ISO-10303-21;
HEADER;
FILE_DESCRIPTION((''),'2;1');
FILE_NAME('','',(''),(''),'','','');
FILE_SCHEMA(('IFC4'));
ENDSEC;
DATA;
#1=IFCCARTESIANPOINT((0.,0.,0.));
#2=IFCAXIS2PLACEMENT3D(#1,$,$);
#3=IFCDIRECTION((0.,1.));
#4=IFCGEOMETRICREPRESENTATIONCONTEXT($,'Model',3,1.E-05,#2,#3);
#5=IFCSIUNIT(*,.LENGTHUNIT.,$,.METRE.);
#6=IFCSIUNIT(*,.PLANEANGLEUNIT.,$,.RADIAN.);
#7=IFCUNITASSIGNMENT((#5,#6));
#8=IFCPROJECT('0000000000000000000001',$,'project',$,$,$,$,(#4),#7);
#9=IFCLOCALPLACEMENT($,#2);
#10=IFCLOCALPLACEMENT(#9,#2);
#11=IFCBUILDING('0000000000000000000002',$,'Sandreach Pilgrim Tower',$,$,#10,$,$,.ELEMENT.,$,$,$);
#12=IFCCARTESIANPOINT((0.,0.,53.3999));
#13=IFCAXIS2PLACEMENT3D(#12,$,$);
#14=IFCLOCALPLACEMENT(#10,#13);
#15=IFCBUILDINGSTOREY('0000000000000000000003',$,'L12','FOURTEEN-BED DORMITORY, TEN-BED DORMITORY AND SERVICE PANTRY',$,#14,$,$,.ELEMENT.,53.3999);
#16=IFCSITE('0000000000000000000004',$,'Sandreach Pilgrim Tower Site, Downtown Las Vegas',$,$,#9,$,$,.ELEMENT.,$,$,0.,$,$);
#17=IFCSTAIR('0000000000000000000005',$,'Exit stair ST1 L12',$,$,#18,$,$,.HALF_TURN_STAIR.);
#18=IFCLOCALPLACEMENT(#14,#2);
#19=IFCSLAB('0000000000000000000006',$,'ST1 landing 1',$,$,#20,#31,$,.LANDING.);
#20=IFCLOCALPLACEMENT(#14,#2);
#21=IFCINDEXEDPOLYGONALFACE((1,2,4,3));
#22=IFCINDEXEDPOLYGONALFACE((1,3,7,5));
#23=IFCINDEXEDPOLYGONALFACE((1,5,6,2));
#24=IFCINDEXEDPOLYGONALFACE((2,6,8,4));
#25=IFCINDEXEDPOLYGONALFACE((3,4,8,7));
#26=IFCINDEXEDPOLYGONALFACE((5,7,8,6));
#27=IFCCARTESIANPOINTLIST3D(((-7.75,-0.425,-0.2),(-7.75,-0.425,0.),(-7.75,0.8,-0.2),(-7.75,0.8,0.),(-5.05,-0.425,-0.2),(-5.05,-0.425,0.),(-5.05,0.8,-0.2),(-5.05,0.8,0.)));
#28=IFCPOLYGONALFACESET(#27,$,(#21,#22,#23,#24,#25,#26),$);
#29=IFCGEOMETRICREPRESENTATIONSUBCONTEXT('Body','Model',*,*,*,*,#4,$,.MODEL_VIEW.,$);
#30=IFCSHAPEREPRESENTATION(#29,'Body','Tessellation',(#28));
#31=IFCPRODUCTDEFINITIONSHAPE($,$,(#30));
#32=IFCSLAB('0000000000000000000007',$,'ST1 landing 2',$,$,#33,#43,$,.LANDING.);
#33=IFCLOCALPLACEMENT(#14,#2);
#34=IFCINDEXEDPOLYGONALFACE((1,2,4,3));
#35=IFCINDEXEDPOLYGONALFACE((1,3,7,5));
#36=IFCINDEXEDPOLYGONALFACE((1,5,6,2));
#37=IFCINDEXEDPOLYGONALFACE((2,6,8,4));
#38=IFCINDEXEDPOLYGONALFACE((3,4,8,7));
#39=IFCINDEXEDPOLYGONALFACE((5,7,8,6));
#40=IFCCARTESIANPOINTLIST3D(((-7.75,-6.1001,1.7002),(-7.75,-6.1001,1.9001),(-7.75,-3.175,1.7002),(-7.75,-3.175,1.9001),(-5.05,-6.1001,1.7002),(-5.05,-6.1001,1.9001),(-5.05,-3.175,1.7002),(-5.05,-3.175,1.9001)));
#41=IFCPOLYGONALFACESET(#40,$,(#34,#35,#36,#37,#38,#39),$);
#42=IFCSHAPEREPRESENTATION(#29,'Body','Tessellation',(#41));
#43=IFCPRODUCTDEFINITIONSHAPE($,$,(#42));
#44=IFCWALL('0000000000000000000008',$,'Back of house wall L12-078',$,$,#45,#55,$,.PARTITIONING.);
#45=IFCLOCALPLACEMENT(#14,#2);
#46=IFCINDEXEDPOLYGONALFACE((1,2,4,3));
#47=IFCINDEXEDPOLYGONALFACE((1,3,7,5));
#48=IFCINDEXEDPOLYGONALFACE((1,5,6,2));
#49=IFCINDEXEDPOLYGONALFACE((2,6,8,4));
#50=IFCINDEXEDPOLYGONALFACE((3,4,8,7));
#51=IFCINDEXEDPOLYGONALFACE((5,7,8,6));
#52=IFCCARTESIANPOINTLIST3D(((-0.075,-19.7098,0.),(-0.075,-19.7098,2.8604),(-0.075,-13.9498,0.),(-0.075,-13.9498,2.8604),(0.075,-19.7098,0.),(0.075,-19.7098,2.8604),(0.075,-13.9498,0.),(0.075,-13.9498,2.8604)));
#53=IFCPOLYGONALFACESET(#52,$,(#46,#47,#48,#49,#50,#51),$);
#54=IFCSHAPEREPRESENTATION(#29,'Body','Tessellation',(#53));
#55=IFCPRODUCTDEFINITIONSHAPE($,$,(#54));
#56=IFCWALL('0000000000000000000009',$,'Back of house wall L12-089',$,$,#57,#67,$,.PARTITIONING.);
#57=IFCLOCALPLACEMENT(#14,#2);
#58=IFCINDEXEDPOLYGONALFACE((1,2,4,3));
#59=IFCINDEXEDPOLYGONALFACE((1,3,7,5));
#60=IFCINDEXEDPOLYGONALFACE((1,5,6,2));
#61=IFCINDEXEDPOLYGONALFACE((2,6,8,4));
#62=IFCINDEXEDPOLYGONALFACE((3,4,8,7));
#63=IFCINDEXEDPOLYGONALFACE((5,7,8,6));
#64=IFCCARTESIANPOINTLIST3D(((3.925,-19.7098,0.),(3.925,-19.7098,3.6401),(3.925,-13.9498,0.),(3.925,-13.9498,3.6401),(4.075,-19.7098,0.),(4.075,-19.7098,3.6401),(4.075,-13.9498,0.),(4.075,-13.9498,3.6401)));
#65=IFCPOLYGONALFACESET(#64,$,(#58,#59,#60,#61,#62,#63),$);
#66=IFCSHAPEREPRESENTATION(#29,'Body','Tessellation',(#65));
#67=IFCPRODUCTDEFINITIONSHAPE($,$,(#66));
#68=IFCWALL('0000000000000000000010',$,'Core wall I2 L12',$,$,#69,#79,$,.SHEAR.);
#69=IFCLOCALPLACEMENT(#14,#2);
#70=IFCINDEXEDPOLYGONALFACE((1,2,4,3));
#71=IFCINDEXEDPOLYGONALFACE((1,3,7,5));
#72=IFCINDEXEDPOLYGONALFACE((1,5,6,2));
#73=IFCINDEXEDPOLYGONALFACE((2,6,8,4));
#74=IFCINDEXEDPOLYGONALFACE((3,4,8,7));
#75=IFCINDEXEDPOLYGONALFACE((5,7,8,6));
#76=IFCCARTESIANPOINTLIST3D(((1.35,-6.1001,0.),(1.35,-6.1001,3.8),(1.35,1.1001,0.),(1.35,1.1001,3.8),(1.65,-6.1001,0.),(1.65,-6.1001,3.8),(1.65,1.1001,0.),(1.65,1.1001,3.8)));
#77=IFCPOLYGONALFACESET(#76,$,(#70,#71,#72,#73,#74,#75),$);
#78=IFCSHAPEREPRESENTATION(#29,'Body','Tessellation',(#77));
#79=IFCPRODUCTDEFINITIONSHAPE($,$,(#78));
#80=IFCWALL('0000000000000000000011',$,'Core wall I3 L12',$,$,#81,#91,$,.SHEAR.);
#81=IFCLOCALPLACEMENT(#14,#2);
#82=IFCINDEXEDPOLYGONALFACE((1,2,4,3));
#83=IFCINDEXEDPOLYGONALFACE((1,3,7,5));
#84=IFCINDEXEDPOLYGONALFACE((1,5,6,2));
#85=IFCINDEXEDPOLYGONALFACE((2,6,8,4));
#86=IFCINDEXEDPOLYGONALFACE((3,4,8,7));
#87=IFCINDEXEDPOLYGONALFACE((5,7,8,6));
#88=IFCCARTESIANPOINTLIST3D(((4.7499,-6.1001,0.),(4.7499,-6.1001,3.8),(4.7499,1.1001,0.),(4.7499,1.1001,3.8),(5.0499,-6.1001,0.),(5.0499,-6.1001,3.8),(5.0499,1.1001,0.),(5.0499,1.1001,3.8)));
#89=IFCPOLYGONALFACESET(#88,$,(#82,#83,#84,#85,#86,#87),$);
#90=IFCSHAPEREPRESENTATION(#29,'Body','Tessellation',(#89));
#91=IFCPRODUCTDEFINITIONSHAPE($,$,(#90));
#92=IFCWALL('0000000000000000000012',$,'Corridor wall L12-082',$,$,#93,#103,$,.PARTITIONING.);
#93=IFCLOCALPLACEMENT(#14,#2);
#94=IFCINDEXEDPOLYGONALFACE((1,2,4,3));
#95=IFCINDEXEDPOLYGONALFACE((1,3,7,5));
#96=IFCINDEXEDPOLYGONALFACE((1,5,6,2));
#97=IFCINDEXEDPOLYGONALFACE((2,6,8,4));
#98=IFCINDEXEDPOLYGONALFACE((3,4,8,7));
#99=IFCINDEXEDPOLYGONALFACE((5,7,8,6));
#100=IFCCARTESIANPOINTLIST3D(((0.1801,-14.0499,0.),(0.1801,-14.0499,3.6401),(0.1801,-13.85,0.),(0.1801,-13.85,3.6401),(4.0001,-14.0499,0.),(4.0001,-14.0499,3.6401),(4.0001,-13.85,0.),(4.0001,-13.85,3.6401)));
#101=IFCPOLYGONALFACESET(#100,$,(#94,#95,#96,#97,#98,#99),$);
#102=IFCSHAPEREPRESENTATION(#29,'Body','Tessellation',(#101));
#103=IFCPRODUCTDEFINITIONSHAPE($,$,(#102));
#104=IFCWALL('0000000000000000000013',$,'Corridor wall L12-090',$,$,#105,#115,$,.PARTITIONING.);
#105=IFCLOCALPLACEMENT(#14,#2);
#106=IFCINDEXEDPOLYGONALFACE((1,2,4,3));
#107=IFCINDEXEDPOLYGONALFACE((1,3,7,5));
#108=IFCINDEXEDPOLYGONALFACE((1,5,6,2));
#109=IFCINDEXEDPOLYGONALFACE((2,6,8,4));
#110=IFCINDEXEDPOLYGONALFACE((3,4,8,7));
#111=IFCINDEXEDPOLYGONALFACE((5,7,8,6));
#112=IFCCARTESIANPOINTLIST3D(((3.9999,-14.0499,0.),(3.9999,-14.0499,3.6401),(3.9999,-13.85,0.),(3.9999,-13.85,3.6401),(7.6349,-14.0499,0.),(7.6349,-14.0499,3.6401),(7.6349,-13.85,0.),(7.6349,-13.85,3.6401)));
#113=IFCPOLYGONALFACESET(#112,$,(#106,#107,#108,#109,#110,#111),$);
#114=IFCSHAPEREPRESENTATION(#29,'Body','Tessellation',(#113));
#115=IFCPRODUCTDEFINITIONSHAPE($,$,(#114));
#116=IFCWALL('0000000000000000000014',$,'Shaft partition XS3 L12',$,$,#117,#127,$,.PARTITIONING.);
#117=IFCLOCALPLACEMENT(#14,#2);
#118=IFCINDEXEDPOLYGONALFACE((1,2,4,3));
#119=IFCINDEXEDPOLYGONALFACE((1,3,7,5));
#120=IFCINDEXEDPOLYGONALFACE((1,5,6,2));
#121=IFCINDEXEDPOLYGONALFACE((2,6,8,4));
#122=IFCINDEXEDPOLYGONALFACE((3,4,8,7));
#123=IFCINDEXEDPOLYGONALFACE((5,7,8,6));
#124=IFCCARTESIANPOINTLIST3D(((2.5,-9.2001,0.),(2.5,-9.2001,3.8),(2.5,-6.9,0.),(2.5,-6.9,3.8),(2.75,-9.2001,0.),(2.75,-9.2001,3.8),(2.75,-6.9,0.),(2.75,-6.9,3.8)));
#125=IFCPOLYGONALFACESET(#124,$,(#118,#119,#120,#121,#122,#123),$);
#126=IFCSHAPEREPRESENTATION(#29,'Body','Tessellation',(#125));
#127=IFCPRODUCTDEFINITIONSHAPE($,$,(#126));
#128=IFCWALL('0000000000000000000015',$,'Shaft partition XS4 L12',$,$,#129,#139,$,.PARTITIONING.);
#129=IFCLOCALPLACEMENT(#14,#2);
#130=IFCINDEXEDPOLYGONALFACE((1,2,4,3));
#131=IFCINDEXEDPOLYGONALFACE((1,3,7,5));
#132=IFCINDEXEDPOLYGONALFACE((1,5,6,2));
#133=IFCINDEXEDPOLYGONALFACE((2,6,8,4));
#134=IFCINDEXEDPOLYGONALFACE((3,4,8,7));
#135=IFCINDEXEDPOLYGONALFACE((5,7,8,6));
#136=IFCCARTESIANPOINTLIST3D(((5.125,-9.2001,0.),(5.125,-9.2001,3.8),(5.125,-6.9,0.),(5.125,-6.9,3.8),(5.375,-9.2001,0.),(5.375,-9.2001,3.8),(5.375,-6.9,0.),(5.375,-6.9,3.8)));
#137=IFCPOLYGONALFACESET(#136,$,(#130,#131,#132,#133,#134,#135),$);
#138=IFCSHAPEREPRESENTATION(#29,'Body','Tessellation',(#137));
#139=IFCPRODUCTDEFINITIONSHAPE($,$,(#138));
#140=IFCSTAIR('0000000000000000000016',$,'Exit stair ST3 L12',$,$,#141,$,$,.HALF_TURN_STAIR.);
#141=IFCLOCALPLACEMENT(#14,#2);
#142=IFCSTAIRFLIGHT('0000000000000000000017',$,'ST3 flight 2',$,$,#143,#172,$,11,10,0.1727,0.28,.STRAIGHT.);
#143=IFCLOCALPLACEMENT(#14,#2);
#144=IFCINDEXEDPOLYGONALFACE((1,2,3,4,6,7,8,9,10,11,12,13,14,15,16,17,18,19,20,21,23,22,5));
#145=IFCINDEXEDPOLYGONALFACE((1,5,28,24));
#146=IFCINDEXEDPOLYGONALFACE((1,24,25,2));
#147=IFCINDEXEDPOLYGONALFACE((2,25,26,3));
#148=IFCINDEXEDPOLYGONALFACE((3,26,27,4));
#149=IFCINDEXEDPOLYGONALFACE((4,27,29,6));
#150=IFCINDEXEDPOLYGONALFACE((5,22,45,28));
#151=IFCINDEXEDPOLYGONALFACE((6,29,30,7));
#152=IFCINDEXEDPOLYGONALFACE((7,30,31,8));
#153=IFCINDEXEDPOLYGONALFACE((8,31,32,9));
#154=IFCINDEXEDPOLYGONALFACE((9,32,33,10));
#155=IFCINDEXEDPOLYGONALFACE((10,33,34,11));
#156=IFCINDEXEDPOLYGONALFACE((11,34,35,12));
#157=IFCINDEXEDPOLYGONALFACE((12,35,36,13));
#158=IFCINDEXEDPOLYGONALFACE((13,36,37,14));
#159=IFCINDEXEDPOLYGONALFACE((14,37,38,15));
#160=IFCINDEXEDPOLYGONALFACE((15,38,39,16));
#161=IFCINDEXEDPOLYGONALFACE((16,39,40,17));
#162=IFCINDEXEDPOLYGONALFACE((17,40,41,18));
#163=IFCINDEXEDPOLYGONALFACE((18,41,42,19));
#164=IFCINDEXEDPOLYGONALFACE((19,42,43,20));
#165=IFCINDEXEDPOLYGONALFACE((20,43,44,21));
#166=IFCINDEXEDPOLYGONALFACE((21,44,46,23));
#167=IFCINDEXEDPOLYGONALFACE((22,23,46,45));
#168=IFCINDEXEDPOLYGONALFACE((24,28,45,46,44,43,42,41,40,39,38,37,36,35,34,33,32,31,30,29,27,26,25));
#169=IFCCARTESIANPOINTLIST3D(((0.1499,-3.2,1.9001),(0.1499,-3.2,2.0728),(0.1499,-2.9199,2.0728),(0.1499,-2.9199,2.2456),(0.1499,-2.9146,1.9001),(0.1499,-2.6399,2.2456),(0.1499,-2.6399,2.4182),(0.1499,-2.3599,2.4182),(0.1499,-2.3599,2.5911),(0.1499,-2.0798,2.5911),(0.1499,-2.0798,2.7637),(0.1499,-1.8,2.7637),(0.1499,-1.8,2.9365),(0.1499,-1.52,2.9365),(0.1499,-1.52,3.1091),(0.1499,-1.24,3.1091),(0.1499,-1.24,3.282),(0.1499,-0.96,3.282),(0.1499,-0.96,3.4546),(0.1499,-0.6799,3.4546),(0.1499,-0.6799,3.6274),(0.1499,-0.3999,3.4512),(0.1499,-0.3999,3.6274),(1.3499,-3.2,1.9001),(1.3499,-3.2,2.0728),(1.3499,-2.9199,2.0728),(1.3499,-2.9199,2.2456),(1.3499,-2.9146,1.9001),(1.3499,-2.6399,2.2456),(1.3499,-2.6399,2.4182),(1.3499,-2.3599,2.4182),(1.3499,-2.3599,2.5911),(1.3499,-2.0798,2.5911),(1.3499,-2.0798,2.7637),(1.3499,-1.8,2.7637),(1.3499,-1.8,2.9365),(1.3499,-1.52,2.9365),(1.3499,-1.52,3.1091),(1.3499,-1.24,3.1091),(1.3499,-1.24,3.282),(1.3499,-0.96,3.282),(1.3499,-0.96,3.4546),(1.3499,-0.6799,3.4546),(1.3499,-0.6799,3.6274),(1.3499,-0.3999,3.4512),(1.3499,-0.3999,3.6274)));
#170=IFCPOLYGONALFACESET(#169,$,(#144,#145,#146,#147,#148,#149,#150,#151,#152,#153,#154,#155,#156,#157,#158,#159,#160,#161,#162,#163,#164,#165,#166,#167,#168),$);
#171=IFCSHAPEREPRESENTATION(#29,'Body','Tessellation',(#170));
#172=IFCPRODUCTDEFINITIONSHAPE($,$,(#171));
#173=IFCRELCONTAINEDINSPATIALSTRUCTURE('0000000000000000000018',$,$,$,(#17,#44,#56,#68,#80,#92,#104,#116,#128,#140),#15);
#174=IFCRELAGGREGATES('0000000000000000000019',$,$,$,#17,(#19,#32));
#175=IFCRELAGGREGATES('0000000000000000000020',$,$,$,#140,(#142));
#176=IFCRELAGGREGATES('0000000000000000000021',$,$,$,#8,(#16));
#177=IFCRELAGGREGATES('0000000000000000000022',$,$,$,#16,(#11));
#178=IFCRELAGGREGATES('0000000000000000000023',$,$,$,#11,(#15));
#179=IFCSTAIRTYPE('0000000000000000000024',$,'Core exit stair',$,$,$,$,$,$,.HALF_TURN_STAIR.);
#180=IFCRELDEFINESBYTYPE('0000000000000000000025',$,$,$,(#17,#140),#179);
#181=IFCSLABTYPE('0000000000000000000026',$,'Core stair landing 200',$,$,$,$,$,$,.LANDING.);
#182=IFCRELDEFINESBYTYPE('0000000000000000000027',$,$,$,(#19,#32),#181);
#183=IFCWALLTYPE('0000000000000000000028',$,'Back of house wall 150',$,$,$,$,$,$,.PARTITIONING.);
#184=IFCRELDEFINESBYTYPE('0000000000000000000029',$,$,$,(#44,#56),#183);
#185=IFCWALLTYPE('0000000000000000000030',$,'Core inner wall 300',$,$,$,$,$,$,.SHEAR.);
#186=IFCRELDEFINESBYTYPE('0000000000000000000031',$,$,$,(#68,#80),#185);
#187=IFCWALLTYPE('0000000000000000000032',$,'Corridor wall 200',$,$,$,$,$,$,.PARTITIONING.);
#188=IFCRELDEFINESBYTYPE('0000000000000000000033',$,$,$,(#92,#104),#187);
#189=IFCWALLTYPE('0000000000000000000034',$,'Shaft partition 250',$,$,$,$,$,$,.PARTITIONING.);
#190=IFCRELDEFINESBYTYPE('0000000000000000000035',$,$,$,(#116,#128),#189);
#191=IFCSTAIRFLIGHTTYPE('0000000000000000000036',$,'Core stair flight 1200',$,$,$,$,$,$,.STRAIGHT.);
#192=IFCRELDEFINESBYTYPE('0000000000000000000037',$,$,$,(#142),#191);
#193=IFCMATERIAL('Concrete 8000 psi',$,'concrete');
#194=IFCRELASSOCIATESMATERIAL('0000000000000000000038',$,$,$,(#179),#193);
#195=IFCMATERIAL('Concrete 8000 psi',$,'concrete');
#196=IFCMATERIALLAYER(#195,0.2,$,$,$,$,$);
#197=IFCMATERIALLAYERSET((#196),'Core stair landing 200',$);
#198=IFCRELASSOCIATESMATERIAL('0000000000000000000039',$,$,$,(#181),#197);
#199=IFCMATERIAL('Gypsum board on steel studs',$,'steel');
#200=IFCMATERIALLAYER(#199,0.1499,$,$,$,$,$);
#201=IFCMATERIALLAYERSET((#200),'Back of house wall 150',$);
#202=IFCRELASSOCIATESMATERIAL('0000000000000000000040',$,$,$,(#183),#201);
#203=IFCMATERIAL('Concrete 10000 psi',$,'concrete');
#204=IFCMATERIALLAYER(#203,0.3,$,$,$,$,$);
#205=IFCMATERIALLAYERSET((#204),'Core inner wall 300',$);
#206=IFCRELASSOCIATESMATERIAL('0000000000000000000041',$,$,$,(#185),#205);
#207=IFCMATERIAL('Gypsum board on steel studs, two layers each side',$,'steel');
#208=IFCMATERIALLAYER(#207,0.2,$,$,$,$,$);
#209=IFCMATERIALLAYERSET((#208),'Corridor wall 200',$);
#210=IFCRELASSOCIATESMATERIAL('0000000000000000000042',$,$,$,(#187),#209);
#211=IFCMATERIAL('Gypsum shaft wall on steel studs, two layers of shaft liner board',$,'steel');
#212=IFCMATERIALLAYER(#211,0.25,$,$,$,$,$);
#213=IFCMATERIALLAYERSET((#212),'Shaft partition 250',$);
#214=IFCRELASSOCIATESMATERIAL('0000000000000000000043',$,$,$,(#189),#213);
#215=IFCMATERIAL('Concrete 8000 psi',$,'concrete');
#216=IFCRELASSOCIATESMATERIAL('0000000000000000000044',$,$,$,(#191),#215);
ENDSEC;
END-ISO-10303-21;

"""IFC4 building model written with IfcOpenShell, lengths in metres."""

from ifc_helpers import new_model, si_unit, direction, frame, frame_2d, origin, place, context, subcontext, project, spatial, polyline, rectangle, outline, extrude, material, layer, layer_set, type_object, element, aggregate, save


model = new_model("IFC4")

# Units and contexts
model_context = context("Model", 3, precision=1e-05, world=origin(), true_north=direction((0.0, 1.0)))
body_context = subcontext(model_context, "Body", "Model", "MODEL_VIEW")
ifc_project = project(units=[si_unit("LENGTHUNIT", "METRE"), si_unit("PLANEANGLEUNIT", "RADIAN")], contexts=[model_context])

# Site, building, storey
site_placement = place(None, origin())
site = spatial("IfcSite", under=ifc_project, at=site_placement, Name="Sandreach Pilgrim Tower Site, Downtown Las Vegas", CompositionType="ELEMENT", RefElevation=0.0)
building_placement = place(site_placement, origin())
building = spatial("IfcBuilding", under=site, at=building_placement, Name="Sandreach Pilgrim Tower", CompositionType="ELEMENT")
storey_placement = place(building_placement, frame((0.0, 0.0, 53.3999)))
storey = spatial("IfcBuildingStorey", under=building, at=storey_placement, Name="L12", Description="FOURTEEN-BED DORMITORY, TEN-BED DORMITORY AND SERVICE PANTRY", CompositionType="ELEMENT", Elevation=53.3999)

# Stair, slabs
ifc_material_1 = material(Name="Concrete 8000 psi", Category="concrete")
stair_type = type_object("IfcStairType", Name="Core exit stair", PredefinedType="HALF_TURN_STAIR", material=ifc_material_1)
stair_1_placement = place(storey_placement, origin())
stair_1 = element("IfcStair", 1, at=stair_1_placement, inside=storey, type_object=stair_type, Name="Exit stair ST1 L12", PredefinedType="HALF_TURN_STAIR")
ifc_material_2 = material(Name="Concrete 8000 psi", Category="concrete")
ifc_layer_1 = layer(ifc_material_2, 0.2)
ifc_layer_set_1 = layer_set([ifc_layer_1], Name="Core stair landing 200")
slab_type = type_object("IfcSlabType", Name="Core stair landing 200", PredefinedType="LANDING", material=ifc_layer_set_1)
slab_1_placement = place(storey_placement, frame((0.0, 0.0, -0.2)))
slab_1 = element("IfcSlab", 2, at=slab_1_placement, type_object=slab_type, Name="ST1 landing 1", PredefinedType="LANDING", context=body_context, shape_type="SweptSolid", body=[
    extrude(outline(polyline([(-7.75, -0.425), (-5.05, -0.425), (-5.05, 0.8), (-7.75, 0.8), (-7.75, -0.425)])), origin(), (0.0, 0.0, 1.0), 0.2),
])
slab_2_placement = place(storey_placement, frame((0.0, 0.0, 1.7002)))
slab_2 = element("IfcSlab", 3, at=slab_2_placement, type_object=slab_type, Name="ST1 landing 2", PredefinedType="LANDING", context=body_context, shape_type="SweptSolid", body=[
    extrude(outline(polyline([(-7.75, -6.1001), (-5.05, -6.1001), (-5.05, -3.175), (-7.75, -3.175), (-7.75, -6.1001)])), origin(), (0.0, 0.0, 1.0), 0.2),
])
aggregate(stair_1, [slab_1, slab_2])

# Walls
ifc_material_3 = material(Name="Gypsum board on steel studs", Category="steel")
ifc_layer_2 = layer(ifc_material_3, 0.1499)
ifc_layer_set_2 = layer_set([ifc_layer_2], Name="Back of house wall 150")
wall_type_1 = type_object("IfcWallType", Name="Back of house wall 150", PredefinedType="PARTITIONING", material=ifc_layer_set_2)
wall_1_placement = place(storey_placement, frame((0.0, -13.95, 0.0), z_axis=(0.0, 0.0, 1.0), x_axis=(0.0, -1.0, 0.0)))
element("IfcWall", 4, at=wall_1_placement, inside=storey, type_object=wall_type_1, Name="Back of house wall L12-078", PredefinedType="PARTITIONING", context=body_context, shape_type="SweptSolid", body=[
    extrude(rectangle(XDim=5.76, YDim=0.1499, at=frame_2d((2.8799, 0.0))), origin(), (0.0, 0.0, 1.0), 2.8604),
])
wall_2_placement = place(storey_placement, frame((4.0, -13.95, 0.0), z_axis=(0.0, 0.0, 1.0), x_axis=(0.0, -1.0, 0.0)))
element("IfcWall", 5, at=wall_2_placement, inside=storey, type_object=wall_type_1, Name="Back of house wall L12-089", PredefinedType="PARTITIONING", context=body_context, shape_type="SweptSolid", body=[
    extrude(rectangle(XDim=5.76, YDim=0.1499, at=frame_2d((2.8799, 0.0))), origin(), (0.0, 0.0, 1.0), 3.6401),
])
ifc_material_4 = material(Name="Concrete 10000 psi", Category="concrete")
ifc_layer_3 = layer(ifc_material_4, 0.3)
ifc_layer_set_3 = layer_set([ifc_layer_3], Name="Core inner wall 300")
wall_type_2 = type_object("IfcWallType", Name="Core inner wall 300", PredefinedType="SHEAR", material=ifc_layer_set_3)
for number, where, z_axis, x_axis, name in (
    (6, (1.5, -6.1001, 0.0), (0.0, 0.0, 1.0), (0.0, 1.0, 0.0), "Core wall I2 L12"),
    (7, (4.8999, -6.1001, 0.0), (0.0, 0.0, 1.0), (0.0, 1.0, 0.0), "Core wall I3 L12"),
):
    element("IfcWall", number, at=place(storey_placement, frame(where, z_axis=z_axis, x_axis=x_axis)), inside=storey, type_object=wall_type_2, Name=name, PredefinedType="SHEAR", context=body_context, shape_type="SweptSolid", body=[
        extrude(rectangle(XDim=7.2002, YDim=0.3, at=frame_2d((3.6001, 0.0))), origin(), (0.0, 0.0, 1.0), 3.8),
    ])

# Wall
ifc_material_5 = material(Name="Gypsum board on steel studs, two layers each side", Category="steel")
ifc_layer_4 = layer(ifc_material_5, 0.2)
ifc_layer_set_4 = layer_set([ifc_layer_4], Name="Corridor wall 200")
wall_type_3 = type_object("IfcWallType", Name="Corridor wall 200", PredefinedType="PARTITIONING", material=ifc_layer_set_4)
wall_3_placement = place(storey_placement, frame((0.1799, -13.95, 0.0), z_axis=(0.0, 0.0, 1.0), x_axis=(1.0, 0.0, 0.0)))
element("IfcWall", 8, at=wall_3_placement, inside=storey, type_object=wall_type_3, Name="Corridor wall L12-082", PredefinedType="PARTITIONING", context=body_context, shape_type="SweptSolid", body=[
    extrude(rectangle(XDim=3.8201, YDim=0.2, at=frame_2d((1.9102, 0.0))), origin(), (0.0, 0.0, 1.0), 3.6401),
])

# Walls
wall_4_placement = place(storey_placement, frame((4.0, -13.95, 0.0), z_axis=(0.0, 0.0, 1.0), x_axis=(1.0, 0.0, 0.0)))
element("IfcWall", 9, at=wall_4_placement, inside=storey, type_object=wall_type_3, Name="Corridor wall L12-090", PredefinedType="PARTITIONING", context=body_context, shape_type="SweptSolid", body=[
    extrude(rectangle(XDim=3.635, YDim=0.2, at=frame_2d((1.8174, 0.0))), origin(), (0.0, 0.0, 1.0), 3.6401),
])
ifc_material_6 = material(Name="Gypsum shaft wall on steel studs, two layers of shaft liner board", Category="steel")
ifc_layer_5 = layer(ifc_material_6, 0.25)
ifc_layer_set_5 = layer_set([ifc_layer_5], Name="Shaft partition 250")
wall_type_4 = type_object("IfcWallType", Name="Shaft partition 250", PredefinedType="PARTITIONING", material=ifc_layer_set_5)
for number, where, z_axis, x_axis, name in (
    (10, (2.625, -9.2, 0.0), (0.0, 0.0, 1.0), (0.0, 1.0, 0.0), "Shaft partition XS3 L12"),
    (11, (5.25, -9.2, 0.0), (0.0, 0.0, 1.0), (0.0, 1.0, 0.0), "Shaft partition XS4 L12"),
):
    element("IfcWall", number, at=place(storey_placement, frame(where, z_axis=z_axis, x_axis=x_axis)), inside=storey, type_object=wall_type_4, Name=name, PredefinedType="PARTITIONING", context=body_context, shape_type="SweptSolid", body=[
        extrude(rectangle(XDim=2.3, YDim=0.25, at=frame_2d((1.1499, 0.0))), origin(), (0.0, 0.0, 1.0), 3.8),
    ])

# Stair, stair flight
stair_2_placement = place(storey_placement, origin())
stair_2 = element("IfcStair", 12, at=stair_2_placement, inside=storey, type_object=stair_type, Name="Exit stair ST3 L12", PredefinedType="HALF_TURN_STAIR")
ifc_material_7 = material(Name="Concrete 8000 psi", Category="concrete")
stair_flight_type = type_object("IfcStairFlightType", Name="Core stair flight 1200", PredefinedType="STRAIGHT", material=ifc_material_7)
stair_flight_placement = place(storey_placement, frame((0.75, -3.2, 1.9001), z_axis=(0.0, 0.0, 1.0), x_axis=(0.0, 1.0, 0.0)))
stair_flight = element("IfcStairFlight", 13, at=stair_flight_placement, type_object=stair_flight_type, Name="ST3 flight 2", NumberOfRisers=11, NumberOfTreads=10, PredefinedType="STRAIGHT", RiserHeight=0.1727, TreadLength=0.28, context=body_context, shape_type="SweptSolid", body=[
    extrude(outline(polyline([(0.0, 0.0), (0.0, 0.1726), (0.28, 0.1726), (0.28, 0.3455), (0.5601, 0.3455), (0.5601, 0.5181), (0.8401, 0.5181), (0.8401, 0.6909), (1.1201, 0.6909), (1.1201, 0.8635), (1.3999, 0.8635), (1.3999, 1.0364), (1.6799, 1.0364), (1.6799, 1.209), (1.96, 1.209), (1.96, 1.3818), (2.24, 1.3818), (2.24, 1.5544), (2.52, 1.5544), (2.52, 1.7273), (2.8, 1.7273), (2.8, 1.8999), (2.8, 1.551), (0.2854, 0.0), (0.0, 0.0)])), frame((0.0, 0.6001, 0.0), z_axis=(0.0, -1.0, 0.0), x_axis=(1.0, 0.0, 0.0)), (0.0, 0.0, 1.0), 1.2),
])
aggregate(stair_2, [stair_flight])

save(model, "model.ifc")
